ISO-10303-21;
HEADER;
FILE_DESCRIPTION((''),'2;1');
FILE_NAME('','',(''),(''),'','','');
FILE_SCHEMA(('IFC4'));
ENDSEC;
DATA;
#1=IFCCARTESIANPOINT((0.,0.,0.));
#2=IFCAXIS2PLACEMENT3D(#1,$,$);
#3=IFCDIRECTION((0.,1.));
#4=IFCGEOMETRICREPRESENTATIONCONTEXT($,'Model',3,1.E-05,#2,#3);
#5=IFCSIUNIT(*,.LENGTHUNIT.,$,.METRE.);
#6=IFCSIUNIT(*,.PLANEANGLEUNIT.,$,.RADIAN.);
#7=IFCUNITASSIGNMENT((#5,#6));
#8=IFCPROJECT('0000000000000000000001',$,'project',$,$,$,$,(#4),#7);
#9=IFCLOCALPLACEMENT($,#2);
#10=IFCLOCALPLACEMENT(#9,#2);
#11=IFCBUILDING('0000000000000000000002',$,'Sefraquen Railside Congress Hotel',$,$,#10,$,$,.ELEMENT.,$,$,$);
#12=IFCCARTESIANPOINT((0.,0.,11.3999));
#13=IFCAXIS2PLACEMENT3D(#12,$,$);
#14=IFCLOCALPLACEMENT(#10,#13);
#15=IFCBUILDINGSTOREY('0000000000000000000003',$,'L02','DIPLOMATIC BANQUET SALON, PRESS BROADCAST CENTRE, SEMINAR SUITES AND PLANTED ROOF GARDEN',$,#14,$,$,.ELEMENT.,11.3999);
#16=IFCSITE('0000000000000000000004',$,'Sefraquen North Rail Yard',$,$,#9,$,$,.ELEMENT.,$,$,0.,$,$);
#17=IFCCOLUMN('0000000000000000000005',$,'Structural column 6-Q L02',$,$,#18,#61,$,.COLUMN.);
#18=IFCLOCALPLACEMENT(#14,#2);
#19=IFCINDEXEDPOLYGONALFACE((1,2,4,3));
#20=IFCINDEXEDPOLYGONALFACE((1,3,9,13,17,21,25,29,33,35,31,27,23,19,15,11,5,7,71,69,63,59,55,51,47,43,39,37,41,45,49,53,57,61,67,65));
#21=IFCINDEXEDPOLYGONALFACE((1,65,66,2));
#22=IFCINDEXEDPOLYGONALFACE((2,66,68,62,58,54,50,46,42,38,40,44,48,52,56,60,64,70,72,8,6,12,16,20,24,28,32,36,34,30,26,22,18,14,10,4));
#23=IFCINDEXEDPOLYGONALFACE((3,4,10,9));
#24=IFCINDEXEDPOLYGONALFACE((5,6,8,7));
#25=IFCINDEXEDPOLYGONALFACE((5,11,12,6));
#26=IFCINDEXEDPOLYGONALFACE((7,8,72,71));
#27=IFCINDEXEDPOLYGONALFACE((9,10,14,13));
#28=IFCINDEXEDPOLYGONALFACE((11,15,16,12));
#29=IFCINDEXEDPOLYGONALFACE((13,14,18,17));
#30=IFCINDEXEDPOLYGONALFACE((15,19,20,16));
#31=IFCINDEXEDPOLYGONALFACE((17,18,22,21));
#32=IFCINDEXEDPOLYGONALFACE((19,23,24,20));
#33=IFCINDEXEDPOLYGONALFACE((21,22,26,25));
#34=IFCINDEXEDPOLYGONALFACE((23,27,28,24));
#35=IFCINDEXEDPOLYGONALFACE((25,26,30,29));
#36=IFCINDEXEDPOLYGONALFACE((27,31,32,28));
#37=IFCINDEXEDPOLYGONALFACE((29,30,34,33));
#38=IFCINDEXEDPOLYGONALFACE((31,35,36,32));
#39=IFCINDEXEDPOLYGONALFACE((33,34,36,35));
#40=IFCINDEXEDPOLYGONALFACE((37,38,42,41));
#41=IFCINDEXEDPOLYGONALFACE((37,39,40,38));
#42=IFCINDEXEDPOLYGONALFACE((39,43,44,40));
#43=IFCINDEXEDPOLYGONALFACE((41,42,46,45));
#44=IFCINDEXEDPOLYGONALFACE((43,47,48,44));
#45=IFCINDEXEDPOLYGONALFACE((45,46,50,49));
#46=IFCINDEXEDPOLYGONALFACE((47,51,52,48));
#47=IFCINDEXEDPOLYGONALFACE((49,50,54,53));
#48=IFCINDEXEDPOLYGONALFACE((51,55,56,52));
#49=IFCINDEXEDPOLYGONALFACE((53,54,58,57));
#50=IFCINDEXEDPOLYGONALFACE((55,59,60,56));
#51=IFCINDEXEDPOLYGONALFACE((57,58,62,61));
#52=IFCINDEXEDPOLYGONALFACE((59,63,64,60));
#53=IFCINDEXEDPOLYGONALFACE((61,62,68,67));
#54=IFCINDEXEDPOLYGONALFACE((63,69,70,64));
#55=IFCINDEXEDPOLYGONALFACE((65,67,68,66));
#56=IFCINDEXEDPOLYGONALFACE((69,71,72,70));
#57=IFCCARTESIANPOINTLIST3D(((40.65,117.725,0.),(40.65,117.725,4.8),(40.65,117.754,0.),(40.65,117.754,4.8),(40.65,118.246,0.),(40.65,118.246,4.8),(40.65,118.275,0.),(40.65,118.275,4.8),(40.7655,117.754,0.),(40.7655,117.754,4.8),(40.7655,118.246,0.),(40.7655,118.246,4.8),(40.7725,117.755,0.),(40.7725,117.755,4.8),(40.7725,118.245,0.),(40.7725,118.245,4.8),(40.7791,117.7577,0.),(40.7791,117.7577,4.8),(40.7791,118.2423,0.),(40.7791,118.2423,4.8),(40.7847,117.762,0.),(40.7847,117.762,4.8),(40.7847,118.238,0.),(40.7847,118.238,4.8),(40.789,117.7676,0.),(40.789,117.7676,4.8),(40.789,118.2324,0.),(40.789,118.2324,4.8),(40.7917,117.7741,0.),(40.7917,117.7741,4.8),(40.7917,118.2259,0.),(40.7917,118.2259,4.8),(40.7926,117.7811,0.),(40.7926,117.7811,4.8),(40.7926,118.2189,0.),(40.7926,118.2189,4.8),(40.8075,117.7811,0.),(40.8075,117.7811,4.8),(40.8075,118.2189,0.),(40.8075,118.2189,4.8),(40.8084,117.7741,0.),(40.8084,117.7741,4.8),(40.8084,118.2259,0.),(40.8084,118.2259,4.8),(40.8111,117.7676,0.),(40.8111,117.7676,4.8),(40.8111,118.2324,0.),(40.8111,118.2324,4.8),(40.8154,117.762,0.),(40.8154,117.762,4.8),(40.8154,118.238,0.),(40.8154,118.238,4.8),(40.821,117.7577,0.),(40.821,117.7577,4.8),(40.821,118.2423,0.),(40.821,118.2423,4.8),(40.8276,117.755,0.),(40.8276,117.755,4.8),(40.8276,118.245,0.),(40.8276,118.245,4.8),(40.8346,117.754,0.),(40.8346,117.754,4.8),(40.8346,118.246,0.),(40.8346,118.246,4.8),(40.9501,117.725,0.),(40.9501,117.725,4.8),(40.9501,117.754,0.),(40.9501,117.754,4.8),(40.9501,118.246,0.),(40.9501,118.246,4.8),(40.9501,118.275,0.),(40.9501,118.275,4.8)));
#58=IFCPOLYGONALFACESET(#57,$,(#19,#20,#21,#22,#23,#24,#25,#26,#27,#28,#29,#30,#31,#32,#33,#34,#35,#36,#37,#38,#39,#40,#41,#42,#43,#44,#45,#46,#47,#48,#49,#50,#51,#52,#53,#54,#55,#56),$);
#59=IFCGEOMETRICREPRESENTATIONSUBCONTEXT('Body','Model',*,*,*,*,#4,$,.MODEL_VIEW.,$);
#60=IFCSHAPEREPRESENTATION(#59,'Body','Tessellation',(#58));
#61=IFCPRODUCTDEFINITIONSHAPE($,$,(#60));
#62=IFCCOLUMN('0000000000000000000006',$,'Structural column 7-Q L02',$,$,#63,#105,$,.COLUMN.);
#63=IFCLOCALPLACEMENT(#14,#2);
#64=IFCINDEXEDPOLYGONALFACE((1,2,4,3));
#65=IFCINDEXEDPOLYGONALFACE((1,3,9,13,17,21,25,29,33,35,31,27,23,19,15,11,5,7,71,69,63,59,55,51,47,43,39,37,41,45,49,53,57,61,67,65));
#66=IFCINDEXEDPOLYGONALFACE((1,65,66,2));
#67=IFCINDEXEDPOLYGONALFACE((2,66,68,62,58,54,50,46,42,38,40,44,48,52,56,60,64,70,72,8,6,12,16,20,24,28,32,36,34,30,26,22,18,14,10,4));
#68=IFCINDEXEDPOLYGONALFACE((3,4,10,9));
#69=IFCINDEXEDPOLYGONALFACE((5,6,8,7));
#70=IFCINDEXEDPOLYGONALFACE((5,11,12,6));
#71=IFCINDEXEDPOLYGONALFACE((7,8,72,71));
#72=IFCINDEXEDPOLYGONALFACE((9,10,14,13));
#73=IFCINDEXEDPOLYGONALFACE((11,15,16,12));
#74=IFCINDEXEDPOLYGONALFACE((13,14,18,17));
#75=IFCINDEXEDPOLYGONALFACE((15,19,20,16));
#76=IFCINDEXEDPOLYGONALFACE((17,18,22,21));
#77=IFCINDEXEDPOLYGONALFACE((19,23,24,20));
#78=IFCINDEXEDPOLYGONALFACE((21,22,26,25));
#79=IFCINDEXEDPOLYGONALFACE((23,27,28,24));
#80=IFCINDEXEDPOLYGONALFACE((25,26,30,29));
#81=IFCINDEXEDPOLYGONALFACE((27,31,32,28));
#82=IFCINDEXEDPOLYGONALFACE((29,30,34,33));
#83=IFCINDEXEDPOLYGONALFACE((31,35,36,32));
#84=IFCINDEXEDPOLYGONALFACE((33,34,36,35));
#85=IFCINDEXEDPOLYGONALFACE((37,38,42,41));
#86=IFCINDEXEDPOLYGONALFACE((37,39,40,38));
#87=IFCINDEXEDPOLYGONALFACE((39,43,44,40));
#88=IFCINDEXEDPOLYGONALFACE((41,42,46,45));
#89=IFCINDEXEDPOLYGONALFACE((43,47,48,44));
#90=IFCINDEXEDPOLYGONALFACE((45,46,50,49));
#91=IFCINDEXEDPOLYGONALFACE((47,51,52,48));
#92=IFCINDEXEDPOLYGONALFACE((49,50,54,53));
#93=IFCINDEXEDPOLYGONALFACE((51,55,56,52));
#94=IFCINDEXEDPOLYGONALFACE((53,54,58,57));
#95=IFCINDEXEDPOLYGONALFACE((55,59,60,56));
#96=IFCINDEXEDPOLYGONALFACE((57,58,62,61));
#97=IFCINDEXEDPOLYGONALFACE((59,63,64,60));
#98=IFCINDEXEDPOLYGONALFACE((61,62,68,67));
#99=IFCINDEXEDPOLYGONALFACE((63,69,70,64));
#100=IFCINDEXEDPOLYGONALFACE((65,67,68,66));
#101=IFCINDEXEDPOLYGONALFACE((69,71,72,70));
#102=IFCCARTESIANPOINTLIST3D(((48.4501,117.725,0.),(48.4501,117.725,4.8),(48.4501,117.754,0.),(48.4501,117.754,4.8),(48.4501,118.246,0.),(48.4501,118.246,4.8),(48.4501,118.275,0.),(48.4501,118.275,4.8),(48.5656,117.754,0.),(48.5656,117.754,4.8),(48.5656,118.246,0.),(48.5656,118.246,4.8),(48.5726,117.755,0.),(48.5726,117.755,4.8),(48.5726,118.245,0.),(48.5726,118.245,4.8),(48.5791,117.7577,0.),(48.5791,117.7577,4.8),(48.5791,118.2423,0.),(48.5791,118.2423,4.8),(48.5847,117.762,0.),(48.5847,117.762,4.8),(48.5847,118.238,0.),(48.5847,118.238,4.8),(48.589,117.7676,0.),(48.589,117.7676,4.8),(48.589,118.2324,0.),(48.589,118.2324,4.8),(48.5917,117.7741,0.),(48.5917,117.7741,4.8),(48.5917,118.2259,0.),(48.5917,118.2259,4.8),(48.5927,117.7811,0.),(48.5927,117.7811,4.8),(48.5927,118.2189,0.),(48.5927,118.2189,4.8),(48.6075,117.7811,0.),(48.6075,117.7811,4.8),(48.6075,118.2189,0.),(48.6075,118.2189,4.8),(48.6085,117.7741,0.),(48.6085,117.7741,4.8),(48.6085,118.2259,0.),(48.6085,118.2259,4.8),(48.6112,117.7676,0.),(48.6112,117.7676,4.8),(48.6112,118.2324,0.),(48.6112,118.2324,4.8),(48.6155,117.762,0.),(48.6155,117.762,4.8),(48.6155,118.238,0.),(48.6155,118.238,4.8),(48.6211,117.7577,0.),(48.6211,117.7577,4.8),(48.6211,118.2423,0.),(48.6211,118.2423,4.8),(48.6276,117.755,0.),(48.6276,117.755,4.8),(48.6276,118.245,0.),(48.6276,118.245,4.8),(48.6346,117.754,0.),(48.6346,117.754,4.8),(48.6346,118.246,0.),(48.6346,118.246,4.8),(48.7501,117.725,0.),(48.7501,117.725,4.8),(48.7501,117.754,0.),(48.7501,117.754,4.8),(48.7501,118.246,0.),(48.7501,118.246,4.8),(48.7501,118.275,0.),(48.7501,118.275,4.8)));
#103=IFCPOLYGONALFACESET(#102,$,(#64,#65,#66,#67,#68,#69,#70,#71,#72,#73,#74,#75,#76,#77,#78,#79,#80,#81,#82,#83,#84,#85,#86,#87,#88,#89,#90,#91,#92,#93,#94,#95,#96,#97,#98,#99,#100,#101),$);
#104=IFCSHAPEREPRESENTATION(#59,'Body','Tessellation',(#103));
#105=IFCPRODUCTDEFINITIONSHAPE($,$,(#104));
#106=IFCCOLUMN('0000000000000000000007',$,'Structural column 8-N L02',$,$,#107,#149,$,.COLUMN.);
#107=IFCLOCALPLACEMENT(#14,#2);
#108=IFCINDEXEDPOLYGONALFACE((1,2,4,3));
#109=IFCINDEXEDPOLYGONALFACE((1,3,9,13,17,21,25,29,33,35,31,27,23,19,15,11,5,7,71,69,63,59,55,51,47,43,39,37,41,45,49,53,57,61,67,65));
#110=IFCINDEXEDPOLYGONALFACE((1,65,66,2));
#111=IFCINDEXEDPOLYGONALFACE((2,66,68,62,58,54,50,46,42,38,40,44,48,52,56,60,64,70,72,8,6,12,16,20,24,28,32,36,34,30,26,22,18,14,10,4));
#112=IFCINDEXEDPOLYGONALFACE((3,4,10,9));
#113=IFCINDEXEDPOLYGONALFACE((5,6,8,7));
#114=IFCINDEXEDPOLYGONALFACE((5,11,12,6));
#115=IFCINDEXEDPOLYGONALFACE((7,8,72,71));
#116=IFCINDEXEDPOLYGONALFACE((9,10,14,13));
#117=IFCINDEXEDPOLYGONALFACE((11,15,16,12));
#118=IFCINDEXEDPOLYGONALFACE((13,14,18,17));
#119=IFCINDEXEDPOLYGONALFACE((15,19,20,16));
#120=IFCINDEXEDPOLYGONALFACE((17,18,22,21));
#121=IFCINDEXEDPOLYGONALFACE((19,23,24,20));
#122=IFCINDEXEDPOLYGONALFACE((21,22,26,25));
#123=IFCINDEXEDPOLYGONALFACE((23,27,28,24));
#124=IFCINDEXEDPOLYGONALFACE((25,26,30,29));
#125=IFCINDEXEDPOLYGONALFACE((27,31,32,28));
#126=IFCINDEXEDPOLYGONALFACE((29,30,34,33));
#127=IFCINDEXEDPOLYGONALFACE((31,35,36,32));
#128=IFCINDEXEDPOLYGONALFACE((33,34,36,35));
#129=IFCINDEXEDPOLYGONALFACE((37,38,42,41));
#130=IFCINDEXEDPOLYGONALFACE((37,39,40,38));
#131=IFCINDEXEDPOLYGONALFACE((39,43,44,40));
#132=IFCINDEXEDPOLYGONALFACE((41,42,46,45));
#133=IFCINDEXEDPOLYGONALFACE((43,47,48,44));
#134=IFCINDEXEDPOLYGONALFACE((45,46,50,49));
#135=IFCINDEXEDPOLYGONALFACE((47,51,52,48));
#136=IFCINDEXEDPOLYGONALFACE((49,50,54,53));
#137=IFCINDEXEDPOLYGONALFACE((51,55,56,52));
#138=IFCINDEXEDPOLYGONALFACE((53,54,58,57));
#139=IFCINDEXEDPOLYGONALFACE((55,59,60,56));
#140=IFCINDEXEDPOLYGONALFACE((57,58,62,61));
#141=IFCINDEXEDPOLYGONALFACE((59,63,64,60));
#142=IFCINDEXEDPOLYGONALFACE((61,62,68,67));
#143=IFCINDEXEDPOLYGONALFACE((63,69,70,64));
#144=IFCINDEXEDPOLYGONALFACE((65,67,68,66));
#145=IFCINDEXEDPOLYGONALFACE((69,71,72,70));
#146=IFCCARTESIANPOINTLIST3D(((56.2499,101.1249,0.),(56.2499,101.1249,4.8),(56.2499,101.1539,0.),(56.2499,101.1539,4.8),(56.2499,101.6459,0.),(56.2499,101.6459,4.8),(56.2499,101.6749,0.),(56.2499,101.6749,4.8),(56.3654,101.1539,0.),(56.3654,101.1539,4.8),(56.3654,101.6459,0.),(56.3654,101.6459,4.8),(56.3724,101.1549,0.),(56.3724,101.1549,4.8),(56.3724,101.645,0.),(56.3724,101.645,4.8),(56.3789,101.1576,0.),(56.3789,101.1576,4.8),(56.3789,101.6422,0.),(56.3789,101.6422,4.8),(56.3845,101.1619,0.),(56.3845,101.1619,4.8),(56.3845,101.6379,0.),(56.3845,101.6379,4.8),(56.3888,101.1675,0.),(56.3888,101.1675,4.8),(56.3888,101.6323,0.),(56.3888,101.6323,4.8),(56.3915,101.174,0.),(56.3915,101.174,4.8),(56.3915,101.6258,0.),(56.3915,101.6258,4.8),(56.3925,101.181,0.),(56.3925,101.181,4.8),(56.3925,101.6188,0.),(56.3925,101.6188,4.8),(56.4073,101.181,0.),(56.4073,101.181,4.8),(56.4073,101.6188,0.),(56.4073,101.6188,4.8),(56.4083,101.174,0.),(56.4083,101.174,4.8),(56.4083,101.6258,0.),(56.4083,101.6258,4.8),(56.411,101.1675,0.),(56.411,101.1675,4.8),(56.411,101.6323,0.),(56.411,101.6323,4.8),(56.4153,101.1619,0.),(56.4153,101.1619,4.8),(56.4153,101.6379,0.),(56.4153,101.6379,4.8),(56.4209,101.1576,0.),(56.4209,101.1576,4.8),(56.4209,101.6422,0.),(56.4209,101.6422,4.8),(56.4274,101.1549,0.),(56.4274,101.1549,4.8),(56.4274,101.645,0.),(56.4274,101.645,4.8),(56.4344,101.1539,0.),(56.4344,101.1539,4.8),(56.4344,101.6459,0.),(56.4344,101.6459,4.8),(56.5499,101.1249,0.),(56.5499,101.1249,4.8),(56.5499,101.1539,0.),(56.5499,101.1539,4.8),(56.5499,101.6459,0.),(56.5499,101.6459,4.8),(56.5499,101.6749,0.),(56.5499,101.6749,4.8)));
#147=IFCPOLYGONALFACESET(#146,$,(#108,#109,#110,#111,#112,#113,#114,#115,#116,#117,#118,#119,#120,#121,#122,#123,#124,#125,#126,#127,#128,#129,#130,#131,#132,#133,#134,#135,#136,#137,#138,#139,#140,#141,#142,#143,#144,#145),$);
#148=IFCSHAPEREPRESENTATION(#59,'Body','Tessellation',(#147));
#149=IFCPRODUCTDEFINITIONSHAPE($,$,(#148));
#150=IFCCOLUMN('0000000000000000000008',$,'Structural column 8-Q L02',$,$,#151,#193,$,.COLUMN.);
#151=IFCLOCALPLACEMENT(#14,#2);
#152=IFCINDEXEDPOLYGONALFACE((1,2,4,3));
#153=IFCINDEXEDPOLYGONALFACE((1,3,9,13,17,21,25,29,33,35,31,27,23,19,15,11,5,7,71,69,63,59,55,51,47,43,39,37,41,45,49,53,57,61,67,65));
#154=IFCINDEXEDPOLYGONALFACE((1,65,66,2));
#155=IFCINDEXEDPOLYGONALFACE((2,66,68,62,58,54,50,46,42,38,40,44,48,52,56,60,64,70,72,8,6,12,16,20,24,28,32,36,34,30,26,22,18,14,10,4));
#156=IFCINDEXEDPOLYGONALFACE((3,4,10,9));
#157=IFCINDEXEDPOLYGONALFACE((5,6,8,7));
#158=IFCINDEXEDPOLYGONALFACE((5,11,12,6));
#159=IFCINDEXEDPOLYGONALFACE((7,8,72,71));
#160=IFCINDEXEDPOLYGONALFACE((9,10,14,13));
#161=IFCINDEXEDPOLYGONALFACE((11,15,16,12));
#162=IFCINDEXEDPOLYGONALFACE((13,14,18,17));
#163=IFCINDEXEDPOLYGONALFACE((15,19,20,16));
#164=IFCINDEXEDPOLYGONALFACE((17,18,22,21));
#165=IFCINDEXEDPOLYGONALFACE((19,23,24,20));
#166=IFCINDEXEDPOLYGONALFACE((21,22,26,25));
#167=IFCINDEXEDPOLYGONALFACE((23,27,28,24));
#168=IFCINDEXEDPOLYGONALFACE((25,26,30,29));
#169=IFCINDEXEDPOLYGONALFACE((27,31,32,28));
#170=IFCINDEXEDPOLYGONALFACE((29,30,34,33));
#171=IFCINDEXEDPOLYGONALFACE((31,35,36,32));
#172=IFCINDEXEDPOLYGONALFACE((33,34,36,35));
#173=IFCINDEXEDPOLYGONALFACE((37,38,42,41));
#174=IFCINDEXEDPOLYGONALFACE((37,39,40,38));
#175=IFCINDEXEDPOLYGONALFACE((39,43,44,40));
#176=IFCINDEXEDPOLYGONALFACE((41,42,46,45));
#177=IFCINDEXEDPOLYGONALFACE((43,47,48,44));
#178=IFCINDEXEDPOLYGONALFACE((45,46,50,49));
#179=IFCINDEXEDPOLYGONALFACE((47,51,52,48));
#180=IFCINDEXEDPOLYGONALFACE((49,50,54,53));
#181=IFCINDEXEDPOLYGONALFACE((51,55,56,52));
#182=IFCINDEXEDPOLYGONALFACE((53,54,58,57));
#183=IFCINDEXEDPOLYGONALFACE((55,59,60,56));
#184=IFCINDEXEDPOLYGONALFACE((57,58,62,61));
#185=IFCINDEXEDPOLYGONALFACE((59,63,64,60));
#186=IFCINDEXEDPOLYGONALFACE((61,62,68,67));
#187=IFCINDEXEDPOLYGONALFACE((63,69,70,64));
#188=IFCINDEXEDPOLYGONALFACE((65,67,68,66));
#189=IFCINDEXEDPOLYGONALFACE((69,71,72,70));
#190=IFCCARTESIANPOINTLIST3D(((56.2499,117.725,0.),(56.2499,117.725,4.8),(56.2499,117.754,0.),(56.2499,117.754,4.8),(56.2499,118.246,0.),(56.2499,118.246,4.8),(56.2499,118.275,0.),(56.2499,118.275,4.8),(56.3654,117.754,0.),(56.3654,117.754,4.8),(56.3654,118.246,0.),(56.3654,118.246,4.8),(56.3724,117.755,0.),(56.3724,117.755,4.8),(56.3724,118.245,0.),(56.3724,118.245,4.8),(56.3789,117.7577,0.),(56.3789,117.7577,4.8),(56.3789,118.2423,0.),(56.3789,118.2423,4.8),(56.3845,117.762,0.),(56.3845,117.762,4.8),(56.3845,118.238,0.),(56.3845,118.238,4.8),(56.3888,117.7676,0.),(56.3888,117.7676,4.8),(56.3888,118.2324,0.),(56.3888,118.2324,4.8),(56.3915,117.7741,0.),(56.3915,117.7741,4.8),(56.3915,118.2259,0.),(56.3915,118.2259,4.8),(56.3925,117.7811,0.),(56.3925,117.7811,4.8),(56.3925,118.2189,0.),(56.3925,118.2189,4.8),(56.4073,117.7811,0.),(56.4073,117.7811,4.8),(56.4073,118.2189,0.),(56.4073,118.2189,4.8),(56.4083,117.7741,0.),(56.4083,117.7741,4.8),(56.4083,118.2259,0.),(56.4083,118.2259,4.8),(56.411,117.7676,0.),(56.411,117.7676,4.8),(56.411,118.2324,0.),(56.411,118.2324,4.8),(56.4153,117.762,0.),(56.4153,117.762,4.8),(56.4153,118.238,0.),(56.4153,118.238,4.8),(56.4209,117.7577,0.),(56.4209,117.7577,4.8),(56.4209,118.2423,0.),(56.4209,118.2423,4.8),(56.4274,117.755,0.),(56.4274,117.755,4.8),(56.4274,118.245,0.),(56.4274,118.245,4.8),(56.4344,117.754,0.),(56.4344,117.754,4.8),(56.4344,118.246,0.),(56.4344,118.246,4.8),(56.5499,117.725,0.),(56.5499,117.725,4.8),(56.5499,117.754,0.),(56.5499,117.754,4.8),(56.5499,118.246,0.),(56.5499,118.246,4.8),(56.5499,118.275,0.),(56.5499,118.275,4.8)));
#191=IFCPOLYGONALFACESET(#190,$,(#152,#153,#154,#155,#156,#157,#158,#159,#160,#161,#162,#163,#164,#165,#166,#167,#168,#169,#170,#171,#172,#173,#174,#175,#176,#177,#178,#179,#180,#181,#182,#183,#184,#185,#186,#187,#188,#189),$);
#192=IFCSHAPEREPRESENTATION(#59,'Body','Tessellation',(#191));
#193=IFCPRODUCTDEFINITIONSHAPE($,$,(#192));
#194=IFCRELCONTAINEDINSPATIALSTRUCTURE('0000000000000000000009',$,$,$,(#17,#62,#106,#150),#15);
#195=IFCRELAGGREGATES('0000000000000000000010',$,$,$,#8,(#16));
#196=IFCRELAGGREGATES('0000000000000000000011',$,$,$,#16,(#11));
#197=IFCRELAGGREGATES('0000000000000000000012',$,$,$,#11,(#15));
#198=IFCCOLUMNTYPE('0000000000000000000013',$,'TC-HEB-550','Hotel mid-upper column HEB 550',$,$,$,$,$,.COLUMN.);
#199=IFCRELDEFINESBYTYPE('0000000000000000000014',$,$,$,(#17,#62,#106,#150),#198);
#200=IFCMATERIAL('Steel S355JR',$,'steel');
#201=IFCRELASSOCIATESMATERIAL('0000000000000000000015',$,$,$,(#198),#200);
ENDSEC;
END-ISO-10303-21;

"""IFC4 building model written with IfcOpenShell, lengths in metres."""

from ifc_helpers import new_model, si_unit, direction, frame, origin, origin_2d, place, context, subcontext, project, spatial, i_section, extrude, material, material_profile, profile_set, type_object, element, save


model = new_model("IFC4")

# Units and contexts
model_context = context("Model", 3, precision=1e-05, world=origin(), true_north=direction((0.0, 1.0)))
body_context = subcontext(model_context, "Body", "Model", "MODEL_VIEW")
ifc_project = project(units=[si_unit("LENGTHUNIT", "METRE"), si_unit("PLANEANGLEUNIT", "RADIAN")], contexts=[model_context])

# Site, building, storey
site_placement = place(None, origin())
site = spatial("IfcSite", under=ifc_project, at=site_placement, Name="Sefraquen North Rail Yard", CompositionType="ELEMENT", RefElevation=0.0)
building_placement = place(site_placement, origin())
building = spatial("IfcBuilding", under=site, at=building_placement, Name="Sefraquen Railside Congress Hotel", CompositionType="ELEMENT")
storey_placement = place(building_placement, frame((0.0, 0.0, 11.3999)))
storey = spatial("IfcBuildingStorey", under=building, at=storey_placement, Name="L02", Description="DIPLOMATIC BANQUET SALON, PRESS BROADCAST CENTRE, SEMINAR SUITES AND PLANTED ROOF GARDEN", CompositionType="ELEMENT", Elevation=11.3999)

# Columns
ifc_material = material(Name="Steel S355JR", Category="steel")
ifc_material_profile_1 = material_profile(ifc_material, i_section(OverallWidth=0.3, OverallDepth=0.55, WebThickness=0.0149, FlangeThickness=0.0291, FilletRadius=0.0271, at=origin_2d()), Name="HEB 550")
ifc_profile_set_1 = profile_set([ifc_material_profile_1], Name="Steel S355JR")
column_type_1 = type_object("IfcColumnType", Name="TC-HEB-550", Description="Hotel mid-upper column HEB 550", PredefinedType="COLUMN", material=ifc_profile_set_1)
for number, where, z_axis, x_axis, name in (
    (1, (40.8, 118.0, 0.0), (0.0, 0.0, 1.0), (1.0, 0.0, 0.0), "Structural column 6-Q L02"),
    (2, (48.6001, 118.0, 0.0), (0.0, 0.0, 1.0), (1.0, 0.0, 0.0), "Structural column 7-Q L02"),
    (3, (56.3999, 101.3999, 0.0), (0.0, 0.0, 1.0), (1.0, 0.0, 0.0), "Structural column 8-N L02"),
    (4, (56.3999, 118.0, 0.0), (0.0, 0.0, 1.0), (1.0, 0.0, 0.0), "Structural column 8-Q L02"),
):
    element("IfcColumn", number, at=place(storey_placement, frame(where, z_axis=z_axis, x_axis=x_axis)), inside=storey, type_object=column_type_1, Name=name, PredefinedType="COLUMN", context=body_context, shape_type="SweptSolid", body=[
        extrude(i_section(OverallWidth=0.3, OverallDepth=0.55, WebThickness=0.0149, FlangeThickness=0.0291, FilletRadius=0.0271, at=origin_2d()), origin(), (0.0, 0.0, 1.0), 4.8),
    ])

save(model, "model.ifc")
